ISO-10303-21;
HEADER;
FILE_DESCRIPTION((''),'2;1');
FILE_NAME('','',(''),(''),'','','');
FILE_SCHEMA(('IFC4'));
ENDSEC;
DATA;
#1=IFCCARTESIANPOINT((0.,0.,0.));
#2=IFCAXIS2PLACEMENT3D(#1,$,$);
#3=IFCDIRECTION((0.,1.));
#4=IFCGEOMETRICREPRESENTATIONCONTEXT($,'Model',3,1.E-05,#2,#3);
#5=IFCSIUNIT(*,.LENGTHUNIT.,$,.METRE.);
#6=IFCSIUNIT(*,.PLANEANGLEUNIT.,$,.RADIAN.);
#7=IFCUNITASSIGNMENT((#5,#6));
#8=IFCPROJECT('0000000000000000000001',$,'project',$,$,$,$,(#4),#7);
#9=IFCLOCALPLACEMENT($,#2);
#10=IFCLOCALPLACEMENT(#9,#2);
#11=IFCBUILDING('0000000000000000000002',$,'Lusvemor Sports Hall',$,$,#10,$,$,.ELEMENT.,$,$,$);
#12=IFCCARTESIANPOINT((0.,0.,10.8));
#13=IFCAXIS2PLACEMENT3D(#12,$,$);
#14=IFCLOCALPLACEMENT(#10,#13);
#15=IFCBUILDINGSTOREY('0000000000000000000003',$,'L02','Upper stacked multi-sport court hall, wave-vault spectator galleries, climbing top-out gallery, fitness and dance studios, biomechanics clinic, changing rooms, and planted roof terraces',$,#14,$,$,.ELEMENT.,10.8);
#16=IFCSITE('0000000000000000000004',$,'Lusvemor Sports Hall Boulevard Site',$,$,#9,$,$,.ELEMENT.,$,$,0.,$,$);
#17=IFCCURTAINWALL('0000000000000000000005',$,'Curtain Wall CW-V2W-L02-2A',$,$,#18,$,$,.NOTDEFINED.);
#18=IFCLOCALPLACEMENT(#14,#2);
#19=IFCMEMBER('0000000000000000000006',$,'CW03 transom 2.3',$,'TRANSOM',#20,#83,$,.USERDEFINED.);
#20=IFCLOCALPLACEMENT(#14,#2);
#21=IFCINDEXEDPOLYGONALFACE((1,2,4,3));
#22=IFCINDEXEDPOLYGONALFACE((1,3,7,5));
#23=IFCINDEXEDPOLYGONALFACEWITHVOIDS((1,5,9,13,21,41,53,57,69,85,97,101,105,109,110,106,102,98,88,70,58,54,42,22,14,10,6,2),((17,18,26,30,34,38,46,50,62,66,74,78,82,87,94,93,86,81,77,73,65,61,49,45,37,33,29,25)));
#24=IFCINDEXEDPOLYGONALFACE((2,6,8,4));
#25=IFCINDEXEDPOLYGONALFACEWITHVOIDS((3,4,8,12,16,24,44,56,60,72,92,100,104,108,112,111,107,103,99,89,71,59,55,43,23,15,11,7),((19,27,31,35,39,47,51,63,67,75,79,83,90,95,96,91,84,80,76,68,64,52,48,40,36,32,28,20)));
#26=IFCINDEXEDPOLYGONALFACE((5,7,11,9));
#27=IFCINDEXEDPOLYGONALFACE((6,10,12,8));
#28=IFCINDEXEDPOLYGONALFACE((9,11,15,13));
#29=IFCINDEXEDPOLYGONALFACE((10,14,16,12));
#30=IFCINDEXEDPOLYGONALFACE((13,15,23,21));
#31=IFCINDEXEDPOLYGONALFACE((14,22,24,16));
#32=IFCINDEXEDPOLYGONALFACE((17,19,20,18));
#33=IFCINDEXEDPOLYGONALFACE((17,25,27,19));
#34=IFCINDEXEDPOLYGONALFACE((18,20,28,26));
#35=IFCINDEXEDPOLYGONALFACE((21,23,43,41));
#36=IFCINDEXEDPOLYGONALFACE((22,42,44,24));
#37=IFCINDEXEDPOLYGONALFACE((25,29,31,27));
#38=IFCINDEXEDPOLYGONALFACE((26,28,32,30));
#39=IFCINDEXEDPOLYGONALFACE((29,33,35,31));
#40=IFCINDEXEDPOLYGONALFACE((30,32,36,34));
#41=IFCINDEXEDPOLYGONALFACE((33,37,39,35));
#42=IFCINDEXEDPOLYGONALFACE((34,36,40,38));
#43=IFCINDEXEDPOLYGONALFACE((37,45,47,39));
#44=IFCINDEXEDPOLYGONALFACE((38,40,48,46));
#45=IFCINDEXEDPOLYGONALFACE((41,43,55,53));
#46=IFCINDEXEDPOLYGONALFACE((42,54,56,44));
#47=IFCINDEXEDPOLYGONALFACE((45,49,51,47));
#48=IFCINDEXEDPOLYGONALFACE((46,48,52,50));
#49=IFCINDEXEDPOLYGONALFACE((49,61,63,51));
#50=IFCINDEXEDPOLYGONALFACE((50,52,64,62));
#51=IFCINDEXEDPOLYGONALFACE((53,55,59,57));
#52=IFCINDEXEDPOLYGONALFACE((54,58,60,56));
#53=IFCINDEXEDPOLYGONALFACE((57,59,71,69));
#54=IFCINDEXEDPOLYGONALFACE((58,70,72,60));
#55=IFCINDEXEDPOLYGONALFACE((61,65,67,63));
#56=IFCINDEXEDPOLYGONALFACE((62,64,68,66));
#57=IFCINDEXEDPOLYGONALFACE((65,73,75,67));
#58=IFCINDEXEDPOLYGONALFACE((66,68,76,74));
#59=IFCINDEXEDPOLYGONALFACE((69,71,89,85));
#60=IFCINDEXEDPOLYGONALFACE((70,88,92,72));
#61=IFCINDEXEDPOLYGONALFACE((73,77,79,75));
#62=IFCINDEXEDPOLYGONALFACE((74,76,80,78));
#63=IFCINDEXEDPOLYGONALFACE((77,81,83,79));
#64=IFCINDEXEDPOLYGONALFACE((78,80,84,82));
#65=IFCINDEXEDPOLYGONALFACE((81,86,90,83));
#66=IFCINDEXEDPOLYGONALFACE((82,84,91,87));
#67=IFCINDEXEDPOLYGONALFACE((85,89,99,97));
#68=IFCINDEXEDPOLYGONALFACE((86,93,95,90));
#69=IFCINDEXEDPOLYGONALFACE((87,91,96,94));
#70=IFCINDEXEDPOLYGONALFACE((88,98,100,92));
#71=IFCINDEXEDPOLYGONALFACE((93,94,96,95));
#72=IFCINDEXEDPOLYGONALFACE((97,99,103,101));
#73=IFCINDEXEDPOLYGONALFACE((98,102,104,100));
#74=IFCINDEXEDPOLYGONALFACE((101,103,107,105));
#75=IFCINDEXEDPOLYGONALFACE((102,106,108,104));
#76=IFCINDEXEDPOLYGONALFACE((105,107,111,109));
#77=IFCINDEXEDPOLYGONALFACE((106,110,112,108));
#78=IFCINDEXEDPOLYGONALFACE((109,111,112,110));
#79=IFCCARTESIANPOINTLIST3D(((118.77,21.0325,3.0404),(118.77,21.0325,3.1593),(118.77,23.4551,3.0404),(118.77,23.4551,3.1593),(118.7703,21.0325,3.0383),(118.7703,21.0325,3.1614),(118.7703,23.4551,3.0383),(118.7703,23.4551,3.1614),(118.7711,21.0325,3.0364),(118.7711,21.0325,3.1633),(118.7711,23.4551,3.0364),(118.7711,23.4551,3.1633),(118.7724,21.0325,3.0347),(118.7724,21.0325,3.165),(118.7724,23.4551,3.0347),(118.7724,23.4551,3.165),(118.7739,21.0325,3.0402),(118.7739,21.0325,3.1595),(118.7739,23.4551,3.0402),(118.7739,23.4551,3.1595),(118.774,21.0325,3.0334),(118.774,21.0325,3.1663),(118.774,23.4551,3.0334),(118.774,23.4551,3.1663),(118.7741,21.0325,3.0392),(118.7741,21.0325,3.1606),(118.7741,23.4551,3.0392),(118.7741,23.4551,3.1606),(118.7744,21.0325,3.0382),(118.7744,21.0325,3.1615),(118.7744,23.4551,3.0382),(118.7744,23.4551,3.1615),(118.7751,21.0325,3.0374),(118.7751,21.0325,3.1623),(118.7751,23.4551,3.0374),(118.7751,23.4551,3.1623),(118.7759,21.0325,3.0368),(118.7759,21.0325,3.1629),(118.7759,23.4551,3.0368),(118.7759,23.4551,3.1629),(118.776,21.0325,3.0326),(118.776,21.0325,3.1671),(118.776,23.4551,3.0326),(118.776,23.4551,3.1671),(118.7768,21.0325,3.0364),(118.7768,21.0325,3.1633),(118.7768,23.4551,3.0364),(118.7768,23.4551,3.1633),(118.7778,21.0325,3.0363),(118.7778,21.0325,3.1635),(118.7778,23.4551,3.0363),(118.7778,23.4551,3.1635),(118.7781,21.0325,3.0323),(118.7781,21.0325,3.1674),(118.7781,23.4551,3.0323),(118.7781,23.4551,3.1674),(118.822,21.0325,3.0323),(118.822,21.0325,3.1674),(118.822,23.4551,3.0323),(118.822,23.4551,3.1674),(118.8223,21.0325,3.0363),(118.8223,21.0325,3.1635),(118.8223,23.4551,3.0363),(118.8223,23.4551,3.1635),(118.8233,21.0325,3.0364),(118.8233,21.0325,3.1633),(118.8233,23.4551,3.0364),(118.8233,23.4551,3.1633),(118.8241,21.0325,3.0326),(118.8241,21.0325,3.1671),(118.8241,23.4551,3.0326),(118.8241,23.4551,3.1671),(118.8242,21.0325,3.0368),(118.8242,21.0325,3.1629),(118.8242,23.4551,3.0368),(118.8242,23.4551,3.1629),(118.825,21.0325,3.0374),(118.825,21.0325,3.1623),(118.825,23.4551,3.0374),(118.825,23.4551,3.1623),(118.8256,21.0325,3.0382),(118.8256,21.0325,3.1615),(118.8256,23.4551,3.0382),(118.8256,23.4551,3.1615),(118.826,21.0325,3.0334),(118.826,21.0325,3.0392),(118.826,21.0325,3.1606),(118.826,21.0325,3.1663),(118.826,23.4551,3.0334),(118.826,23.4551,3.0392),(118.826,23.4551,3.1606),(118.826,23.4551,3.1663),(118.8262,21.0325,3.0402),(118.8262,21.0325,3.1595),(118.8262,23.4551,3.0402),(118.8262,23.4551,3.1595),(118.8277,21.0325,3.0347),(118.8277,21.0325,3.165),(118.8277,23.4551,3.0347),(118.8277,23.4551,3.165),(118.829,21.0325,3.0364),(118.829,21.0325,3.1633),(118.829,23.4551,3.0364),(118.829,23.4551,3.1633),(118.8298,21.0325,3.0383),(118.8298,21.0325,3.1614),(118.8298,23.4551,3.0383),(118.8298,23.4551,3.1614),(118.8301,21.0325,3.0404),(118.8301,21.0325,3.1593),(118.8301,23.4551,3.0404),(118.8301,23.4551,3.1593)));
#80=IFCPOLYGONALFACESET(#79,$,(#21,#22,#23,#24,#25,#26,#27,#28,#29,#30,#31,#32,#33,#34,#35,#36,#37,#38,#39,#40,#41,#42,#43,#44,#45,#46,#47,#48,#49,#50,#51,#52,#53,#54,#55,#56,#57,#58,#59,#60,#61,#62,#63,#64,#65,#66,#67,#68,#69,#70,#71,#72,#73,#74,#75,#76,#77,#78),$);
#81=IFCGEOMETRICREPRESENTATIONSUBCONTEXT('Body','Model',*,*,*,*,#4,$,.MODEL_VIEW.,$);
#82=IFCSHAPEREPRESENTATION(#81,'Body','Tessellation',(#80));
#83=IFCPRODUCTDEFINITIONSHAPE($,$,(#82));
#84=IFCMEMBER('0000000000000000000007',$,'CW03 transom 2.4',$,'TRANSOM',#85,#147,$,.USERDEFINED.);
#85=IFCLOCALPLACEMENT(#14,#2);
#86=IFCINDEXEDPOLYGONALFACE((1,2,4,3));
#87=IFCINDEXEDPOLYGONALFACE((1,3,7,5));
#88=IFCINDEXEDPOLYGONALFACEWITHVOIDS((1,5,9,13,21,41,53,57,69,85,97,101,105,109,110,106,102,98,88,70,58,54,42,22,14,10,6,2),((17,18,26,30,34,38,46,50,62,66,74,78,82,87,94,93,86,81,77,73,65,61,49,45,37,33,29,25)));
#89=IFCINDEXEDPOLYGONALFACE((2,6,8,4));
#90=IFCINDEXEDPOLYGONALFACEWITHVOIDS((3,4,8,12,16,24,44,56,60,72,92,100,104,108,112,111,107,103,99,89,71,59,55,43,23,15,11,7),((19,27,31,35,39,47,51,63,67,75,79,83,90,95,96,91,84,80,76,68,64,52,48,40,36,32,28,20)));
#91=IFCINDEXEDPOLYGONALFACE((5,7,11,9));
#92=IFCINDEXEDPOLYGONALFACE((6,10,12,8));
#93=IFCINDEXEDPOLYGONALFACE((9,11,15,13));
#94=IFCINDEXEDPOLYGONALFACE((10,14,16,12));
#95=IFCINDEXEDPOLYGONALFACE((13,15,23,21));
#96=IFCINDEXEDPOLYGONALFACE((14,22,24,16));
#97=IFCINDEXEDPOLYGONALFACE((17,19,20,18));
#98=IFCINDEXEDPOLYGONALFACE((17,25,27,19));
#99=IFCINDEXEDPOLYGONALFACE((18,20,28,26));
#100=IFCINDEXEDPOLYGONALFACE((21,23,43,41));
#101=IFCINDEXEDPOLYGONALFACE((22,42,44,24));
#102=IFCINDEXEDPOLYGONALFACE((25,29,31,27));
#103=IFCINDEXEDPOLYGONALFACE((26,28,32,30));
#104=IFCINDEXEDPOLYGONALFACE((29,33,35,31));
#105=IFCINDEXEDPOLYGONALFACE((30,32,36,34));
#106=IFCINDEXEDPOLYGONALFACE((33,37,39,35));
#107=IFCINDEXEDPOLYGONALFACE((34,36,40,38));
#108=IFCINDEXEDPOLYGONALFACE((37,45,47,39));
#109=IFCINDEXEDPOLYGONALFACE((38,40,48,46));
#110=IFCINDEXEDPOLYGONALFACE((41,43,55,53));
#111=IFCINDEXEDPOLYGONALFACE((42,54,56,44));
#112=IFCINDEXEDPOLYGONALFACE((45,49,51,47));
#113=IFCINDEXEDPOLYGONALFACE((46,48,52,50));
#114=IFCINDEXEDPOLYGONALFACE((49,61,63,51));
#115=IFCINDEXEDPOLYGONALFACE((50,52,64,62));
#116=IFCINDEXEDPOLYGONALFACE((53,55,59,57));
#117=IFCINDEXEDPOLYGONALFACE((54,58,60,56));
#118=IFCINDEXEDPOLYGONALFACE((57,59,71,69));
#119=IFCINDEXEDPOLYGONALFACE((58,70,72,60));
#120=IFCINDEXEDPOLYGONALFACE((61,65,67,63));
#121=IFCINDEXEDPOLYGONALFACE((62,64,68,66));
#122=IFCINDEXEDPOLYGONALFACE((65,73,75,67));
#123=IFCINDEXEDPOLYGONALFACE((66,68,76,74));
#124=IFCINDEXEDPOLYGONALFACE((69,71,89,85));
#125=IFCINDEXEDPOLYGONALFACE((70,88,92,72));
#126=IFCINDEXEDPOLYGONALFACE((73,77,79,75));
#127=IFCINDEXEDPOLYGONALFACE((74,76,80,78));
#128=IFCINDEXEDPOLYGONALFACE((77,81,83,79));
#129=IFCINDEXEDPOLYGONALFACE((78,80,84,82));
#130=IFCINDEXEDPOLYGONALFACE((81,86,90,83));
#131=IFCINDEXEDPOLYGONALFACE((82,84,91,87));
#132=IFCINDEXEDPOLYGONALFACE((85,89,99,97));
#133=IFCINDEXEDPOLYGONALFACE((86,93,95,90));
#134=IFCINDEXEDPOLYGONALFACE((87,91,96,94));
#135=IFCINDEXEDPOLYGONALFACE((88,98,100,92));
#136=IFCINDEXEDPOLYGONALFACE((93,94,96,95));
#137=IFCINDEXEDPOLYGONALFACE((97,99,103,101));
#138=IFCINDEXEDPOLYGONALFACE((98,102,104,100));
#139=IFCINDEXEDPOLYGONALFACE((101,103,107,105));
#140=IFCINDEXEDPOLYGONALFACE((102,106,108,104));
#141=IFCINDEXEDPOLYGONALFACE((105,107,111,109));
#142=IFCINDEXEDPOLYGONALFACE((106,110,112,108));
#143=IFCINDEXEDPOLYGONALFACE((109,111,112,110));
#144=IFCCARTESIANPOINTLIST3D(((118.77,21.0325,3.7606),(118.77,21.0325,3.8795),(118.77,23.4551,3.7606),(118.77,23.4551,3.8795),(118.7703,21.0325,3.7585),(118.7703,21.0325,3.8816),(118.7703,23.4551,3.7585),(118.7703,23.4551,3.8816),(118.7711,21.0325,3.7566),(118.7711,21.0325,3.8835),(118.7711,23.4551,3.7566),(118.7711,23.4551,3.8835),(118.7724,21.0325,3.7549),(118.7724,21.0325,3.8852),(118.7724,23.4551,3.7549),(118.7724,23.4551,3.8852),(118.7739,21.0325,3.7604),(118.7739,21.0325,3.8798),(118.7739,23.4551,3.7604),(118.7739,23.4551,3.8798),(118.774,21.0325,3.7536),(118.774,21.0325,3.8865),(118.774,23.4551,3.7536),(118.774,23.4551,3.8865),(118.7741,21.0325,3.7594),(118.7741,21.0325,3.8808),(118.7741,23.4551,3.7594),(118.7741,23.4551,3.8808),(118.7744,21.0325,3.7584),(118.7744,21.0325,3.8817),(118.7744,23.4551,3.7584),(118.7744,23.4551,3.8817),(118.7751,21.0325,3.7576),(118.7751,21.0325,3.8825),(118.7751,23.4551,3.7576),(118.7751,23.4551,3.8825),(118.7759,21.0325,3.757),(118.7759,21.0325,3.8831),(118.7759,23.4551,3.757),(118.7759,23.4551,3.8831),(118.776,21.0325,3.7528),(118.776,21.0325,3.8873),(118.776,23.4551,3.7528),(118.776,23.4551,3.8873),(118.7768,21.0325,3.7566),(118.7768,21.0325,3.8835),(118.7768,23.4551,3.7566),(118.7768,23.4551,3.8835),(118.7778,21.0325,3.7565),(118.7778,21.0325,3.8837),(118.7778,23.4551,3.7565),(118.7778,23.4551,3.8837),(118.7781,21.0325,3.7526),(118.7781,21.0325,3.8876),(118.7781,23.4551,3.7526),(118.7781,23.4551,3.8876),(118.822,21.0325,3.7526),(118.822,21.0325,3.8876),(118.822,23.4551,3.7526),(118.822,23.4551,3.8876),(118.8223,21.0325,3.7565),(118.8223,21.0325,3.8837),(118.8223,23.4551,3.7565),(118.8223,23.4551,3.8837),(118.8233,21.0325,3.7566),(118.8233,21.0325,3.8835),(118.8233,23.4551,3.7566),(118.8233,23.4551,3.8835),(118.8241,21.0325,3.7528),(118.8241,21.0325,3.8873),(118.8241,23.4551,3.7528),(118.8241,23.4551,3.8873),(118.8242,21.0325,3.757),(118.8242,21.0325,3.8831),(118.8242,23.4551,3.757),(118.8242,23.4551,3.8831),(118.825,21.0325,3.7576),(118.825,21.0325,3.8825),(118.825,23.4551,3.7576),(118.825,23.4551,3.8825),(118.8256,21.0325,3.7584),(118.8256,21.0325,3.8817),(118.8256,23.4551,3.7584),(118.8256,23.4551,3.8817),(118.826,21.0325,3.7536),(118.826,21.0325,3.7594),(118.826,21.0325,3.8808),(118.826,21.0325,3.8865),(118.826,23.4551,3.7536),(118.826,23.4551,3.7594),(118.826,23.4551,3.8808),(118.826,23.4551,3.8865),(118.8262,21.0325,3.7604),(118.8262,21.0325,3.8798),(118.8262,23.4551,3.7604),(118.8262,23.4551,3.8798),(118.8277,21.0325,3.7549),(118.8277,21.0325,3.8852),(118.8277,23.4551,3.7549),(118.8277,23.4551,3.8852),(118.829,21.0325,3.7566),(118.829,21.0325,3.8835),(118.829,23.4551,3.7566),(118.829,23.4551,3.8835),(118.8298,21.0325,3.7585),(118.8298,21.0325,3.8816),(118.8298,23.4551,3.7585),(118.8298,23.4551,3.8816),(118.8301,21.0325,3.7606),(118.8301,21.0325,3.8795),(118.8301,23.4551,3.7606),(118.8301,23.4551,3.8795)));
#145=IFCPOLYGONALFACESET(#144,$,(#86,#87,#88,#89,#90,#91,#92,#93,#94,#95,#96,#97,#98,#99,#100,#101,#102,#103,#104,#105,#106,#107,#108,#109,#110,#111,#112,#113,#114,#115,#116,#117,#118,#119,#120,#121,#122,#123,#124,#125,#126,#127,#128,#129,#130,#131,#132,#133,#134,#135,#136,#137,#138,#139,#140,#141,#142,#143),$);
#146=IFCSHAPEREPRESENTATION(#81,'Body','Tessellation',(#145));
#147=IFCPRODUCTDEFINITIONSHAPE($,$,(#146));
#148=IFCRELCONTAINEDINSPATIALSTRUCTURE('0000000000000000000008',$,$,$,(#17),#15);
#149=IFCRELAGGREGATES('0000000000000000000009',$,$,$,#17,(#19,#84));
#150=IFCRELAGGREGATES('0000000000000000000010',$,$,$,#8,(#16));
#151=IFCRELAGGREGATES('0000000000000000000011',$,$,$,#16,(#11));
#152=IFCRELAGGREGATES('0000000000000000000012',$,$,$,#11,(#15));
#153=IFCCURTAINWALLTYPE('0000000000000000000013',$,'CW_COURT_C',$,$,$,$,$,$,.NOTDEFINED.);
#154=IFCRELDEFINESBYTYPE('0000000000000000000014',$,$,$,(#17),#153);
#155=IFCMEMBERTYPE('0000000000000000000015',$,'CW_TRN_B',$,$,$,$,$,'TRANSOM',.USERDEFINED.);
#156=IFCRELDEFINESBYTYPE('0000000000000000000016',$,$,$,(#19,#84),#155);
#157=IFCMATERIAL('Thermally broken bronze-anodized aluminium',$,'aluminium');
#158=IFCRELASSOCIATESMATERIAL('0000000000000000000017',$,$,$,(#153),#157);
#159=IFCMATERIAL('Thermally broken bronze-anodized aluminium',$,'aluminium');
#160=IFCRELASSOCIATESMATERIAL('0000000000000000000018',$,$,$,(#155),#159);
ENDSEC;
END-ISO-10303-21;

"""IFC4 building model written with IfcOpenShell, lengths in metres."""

from ifc_helpers import new_model, si_unit, direction, frame, origin, origin_2d, place, context, subcontext, project, spatial, hollow_rectangle, extrude, material, material_profile, profile_set, type_object, element, aggregate, save


model = new_model("IFC4")

# Units and contexts
model_context = context("Model", 3, precision=1e-05, world=origin(), true_north=direction((0.0, 1.0)))
body_context = subcontext(model_context, "Body", "Model", "MODEL_VIEW")
ifc_project = project(units=[si_unit("LENGTHUNIT", "METRE"), si_unit("PLANEANGLEUNIT", "RADIAN")], contexts=[model_context])

# Site, building, storey
site_placement = place(None, origin())
site = spatial("IfcSite", under=ifc_project, at=site_placement, Name="Lusvemor Sports Hall Boulevard Site", CompositionType="ELEMENT", RefElevation=0.0)
building_placement = place(site_placement, origin())
building = spatial("IfcBuilding", under=site, at=building_placement, Name="Lusvemor Sports Hall", CompositionType="ELEMENT")
storey_placement = place(building_placement, frame((0.0, 0.0, 10.8)))
storey = spatial("IfcBuildingStorey", under=building, at=storey_placement, Name="L02", Description="Upper stacked multi-sport court hall, wave-vault spectator galleries, climbing top-out gallery, fitness and dance studios, biomechanics clinic, changing rooms, and planted roof terraces", CompositionType="ELEMENT", Elevation=10.8)

# Curtain wall
ifc_material_1 = material(Name="Thermally broken bronze-anodized aluminium", Category="aluminium")
curtain_wall_type = type_object("IfcCurtainWallType", Name="CW_COURT_C", PredefinedType="NOTDEFINED", material=ifc_material_1)
curtain_wall_1_placement = place(storey_placement, origin())
curtain_wall_1 = element("IfcCurtainWall", 1, at=curtain_wall_1_placement, inside=storey, type_object=curtain_wall_type, Name="Curtain Wall CW-V2W-L02-2A", PredefinedType="NOTDEFINED")

# Members
ifc_material_2 = material(Name="Thermally broken bronze-anodized aluminium", Category="aluminium")
ifc_material_profile_1 = material_profile(ifc_material_2, hollow_rectangle(XDim=0.0601, YDim=0.135, WallThickness=0.0039, InnerFilletRadius=0.0039, OuterFilletRadius=0.0081, at=origin_2d()), Name="CWTRN135x60x4")
ifc_profile_set_1 = profile_set([ifc_material_profile_1], Name="Thermally broken bronze-anodized aluminium")
member_type_1 = type_object("IfcMemberType", Name="CW_TRN_B", ElementType="TRANSOM", PredefinedType="USERDEFINED", material=ifc_profile_set_1)
member_1_placement = place(storey_placement, frame((118.8, 21.0325, 3.0999), z_axis=(0.0, 1.0, 0.0), x_axis=(-1.0, 0.0, 0.0)))
member_1 = element("IfcMember", 2, at=member_1_placement, type_object=member_type_1, Name="CW03 transom 2.3", ObjectType="TRANSOM", PredefinedType="USERDEFINED", context=body_context, shape_type="SweptSolid", body=[
    extrude(hollow_rectangle(XDim=0.0601, YDim=0.135, WallThickness=0.0039, InnerFilletRadius=0.0039, OuterFilletRadius=0.0081, at=origin_2d()), origin(), (0.0, 0.0, 1.0), 2.4226),
])
member_2_placement = place(storey_placement, frame((118.8, 21.0325, 3.8201), z_axis=(0.0, 1.0, 0.0), x_axis=(-1.0, 0.0, 0.0)))
member_2 = element("IfcMember", 3, at=member_2_placement, type_object=member_type_1, Name="CW03 transom 2.4", ObjectType="TRANSOM", PredefinedType="USERDEFINED", context=body_context, shape_type="SweptSolid", body=[
    extrude(hollow_rectangle(XDim=0.0601, YDim=0.135, WallThickness=0.0039, InnerFilletRadius=0.0039, OuterFilletRadius=0.0081, at=origin_2d()), origin(), (0.0, 0.0, 1.0), 2.4226),
])

aggregate(curtain_wall_1, [member_1, member_2])

save(model, "model.ifc")
